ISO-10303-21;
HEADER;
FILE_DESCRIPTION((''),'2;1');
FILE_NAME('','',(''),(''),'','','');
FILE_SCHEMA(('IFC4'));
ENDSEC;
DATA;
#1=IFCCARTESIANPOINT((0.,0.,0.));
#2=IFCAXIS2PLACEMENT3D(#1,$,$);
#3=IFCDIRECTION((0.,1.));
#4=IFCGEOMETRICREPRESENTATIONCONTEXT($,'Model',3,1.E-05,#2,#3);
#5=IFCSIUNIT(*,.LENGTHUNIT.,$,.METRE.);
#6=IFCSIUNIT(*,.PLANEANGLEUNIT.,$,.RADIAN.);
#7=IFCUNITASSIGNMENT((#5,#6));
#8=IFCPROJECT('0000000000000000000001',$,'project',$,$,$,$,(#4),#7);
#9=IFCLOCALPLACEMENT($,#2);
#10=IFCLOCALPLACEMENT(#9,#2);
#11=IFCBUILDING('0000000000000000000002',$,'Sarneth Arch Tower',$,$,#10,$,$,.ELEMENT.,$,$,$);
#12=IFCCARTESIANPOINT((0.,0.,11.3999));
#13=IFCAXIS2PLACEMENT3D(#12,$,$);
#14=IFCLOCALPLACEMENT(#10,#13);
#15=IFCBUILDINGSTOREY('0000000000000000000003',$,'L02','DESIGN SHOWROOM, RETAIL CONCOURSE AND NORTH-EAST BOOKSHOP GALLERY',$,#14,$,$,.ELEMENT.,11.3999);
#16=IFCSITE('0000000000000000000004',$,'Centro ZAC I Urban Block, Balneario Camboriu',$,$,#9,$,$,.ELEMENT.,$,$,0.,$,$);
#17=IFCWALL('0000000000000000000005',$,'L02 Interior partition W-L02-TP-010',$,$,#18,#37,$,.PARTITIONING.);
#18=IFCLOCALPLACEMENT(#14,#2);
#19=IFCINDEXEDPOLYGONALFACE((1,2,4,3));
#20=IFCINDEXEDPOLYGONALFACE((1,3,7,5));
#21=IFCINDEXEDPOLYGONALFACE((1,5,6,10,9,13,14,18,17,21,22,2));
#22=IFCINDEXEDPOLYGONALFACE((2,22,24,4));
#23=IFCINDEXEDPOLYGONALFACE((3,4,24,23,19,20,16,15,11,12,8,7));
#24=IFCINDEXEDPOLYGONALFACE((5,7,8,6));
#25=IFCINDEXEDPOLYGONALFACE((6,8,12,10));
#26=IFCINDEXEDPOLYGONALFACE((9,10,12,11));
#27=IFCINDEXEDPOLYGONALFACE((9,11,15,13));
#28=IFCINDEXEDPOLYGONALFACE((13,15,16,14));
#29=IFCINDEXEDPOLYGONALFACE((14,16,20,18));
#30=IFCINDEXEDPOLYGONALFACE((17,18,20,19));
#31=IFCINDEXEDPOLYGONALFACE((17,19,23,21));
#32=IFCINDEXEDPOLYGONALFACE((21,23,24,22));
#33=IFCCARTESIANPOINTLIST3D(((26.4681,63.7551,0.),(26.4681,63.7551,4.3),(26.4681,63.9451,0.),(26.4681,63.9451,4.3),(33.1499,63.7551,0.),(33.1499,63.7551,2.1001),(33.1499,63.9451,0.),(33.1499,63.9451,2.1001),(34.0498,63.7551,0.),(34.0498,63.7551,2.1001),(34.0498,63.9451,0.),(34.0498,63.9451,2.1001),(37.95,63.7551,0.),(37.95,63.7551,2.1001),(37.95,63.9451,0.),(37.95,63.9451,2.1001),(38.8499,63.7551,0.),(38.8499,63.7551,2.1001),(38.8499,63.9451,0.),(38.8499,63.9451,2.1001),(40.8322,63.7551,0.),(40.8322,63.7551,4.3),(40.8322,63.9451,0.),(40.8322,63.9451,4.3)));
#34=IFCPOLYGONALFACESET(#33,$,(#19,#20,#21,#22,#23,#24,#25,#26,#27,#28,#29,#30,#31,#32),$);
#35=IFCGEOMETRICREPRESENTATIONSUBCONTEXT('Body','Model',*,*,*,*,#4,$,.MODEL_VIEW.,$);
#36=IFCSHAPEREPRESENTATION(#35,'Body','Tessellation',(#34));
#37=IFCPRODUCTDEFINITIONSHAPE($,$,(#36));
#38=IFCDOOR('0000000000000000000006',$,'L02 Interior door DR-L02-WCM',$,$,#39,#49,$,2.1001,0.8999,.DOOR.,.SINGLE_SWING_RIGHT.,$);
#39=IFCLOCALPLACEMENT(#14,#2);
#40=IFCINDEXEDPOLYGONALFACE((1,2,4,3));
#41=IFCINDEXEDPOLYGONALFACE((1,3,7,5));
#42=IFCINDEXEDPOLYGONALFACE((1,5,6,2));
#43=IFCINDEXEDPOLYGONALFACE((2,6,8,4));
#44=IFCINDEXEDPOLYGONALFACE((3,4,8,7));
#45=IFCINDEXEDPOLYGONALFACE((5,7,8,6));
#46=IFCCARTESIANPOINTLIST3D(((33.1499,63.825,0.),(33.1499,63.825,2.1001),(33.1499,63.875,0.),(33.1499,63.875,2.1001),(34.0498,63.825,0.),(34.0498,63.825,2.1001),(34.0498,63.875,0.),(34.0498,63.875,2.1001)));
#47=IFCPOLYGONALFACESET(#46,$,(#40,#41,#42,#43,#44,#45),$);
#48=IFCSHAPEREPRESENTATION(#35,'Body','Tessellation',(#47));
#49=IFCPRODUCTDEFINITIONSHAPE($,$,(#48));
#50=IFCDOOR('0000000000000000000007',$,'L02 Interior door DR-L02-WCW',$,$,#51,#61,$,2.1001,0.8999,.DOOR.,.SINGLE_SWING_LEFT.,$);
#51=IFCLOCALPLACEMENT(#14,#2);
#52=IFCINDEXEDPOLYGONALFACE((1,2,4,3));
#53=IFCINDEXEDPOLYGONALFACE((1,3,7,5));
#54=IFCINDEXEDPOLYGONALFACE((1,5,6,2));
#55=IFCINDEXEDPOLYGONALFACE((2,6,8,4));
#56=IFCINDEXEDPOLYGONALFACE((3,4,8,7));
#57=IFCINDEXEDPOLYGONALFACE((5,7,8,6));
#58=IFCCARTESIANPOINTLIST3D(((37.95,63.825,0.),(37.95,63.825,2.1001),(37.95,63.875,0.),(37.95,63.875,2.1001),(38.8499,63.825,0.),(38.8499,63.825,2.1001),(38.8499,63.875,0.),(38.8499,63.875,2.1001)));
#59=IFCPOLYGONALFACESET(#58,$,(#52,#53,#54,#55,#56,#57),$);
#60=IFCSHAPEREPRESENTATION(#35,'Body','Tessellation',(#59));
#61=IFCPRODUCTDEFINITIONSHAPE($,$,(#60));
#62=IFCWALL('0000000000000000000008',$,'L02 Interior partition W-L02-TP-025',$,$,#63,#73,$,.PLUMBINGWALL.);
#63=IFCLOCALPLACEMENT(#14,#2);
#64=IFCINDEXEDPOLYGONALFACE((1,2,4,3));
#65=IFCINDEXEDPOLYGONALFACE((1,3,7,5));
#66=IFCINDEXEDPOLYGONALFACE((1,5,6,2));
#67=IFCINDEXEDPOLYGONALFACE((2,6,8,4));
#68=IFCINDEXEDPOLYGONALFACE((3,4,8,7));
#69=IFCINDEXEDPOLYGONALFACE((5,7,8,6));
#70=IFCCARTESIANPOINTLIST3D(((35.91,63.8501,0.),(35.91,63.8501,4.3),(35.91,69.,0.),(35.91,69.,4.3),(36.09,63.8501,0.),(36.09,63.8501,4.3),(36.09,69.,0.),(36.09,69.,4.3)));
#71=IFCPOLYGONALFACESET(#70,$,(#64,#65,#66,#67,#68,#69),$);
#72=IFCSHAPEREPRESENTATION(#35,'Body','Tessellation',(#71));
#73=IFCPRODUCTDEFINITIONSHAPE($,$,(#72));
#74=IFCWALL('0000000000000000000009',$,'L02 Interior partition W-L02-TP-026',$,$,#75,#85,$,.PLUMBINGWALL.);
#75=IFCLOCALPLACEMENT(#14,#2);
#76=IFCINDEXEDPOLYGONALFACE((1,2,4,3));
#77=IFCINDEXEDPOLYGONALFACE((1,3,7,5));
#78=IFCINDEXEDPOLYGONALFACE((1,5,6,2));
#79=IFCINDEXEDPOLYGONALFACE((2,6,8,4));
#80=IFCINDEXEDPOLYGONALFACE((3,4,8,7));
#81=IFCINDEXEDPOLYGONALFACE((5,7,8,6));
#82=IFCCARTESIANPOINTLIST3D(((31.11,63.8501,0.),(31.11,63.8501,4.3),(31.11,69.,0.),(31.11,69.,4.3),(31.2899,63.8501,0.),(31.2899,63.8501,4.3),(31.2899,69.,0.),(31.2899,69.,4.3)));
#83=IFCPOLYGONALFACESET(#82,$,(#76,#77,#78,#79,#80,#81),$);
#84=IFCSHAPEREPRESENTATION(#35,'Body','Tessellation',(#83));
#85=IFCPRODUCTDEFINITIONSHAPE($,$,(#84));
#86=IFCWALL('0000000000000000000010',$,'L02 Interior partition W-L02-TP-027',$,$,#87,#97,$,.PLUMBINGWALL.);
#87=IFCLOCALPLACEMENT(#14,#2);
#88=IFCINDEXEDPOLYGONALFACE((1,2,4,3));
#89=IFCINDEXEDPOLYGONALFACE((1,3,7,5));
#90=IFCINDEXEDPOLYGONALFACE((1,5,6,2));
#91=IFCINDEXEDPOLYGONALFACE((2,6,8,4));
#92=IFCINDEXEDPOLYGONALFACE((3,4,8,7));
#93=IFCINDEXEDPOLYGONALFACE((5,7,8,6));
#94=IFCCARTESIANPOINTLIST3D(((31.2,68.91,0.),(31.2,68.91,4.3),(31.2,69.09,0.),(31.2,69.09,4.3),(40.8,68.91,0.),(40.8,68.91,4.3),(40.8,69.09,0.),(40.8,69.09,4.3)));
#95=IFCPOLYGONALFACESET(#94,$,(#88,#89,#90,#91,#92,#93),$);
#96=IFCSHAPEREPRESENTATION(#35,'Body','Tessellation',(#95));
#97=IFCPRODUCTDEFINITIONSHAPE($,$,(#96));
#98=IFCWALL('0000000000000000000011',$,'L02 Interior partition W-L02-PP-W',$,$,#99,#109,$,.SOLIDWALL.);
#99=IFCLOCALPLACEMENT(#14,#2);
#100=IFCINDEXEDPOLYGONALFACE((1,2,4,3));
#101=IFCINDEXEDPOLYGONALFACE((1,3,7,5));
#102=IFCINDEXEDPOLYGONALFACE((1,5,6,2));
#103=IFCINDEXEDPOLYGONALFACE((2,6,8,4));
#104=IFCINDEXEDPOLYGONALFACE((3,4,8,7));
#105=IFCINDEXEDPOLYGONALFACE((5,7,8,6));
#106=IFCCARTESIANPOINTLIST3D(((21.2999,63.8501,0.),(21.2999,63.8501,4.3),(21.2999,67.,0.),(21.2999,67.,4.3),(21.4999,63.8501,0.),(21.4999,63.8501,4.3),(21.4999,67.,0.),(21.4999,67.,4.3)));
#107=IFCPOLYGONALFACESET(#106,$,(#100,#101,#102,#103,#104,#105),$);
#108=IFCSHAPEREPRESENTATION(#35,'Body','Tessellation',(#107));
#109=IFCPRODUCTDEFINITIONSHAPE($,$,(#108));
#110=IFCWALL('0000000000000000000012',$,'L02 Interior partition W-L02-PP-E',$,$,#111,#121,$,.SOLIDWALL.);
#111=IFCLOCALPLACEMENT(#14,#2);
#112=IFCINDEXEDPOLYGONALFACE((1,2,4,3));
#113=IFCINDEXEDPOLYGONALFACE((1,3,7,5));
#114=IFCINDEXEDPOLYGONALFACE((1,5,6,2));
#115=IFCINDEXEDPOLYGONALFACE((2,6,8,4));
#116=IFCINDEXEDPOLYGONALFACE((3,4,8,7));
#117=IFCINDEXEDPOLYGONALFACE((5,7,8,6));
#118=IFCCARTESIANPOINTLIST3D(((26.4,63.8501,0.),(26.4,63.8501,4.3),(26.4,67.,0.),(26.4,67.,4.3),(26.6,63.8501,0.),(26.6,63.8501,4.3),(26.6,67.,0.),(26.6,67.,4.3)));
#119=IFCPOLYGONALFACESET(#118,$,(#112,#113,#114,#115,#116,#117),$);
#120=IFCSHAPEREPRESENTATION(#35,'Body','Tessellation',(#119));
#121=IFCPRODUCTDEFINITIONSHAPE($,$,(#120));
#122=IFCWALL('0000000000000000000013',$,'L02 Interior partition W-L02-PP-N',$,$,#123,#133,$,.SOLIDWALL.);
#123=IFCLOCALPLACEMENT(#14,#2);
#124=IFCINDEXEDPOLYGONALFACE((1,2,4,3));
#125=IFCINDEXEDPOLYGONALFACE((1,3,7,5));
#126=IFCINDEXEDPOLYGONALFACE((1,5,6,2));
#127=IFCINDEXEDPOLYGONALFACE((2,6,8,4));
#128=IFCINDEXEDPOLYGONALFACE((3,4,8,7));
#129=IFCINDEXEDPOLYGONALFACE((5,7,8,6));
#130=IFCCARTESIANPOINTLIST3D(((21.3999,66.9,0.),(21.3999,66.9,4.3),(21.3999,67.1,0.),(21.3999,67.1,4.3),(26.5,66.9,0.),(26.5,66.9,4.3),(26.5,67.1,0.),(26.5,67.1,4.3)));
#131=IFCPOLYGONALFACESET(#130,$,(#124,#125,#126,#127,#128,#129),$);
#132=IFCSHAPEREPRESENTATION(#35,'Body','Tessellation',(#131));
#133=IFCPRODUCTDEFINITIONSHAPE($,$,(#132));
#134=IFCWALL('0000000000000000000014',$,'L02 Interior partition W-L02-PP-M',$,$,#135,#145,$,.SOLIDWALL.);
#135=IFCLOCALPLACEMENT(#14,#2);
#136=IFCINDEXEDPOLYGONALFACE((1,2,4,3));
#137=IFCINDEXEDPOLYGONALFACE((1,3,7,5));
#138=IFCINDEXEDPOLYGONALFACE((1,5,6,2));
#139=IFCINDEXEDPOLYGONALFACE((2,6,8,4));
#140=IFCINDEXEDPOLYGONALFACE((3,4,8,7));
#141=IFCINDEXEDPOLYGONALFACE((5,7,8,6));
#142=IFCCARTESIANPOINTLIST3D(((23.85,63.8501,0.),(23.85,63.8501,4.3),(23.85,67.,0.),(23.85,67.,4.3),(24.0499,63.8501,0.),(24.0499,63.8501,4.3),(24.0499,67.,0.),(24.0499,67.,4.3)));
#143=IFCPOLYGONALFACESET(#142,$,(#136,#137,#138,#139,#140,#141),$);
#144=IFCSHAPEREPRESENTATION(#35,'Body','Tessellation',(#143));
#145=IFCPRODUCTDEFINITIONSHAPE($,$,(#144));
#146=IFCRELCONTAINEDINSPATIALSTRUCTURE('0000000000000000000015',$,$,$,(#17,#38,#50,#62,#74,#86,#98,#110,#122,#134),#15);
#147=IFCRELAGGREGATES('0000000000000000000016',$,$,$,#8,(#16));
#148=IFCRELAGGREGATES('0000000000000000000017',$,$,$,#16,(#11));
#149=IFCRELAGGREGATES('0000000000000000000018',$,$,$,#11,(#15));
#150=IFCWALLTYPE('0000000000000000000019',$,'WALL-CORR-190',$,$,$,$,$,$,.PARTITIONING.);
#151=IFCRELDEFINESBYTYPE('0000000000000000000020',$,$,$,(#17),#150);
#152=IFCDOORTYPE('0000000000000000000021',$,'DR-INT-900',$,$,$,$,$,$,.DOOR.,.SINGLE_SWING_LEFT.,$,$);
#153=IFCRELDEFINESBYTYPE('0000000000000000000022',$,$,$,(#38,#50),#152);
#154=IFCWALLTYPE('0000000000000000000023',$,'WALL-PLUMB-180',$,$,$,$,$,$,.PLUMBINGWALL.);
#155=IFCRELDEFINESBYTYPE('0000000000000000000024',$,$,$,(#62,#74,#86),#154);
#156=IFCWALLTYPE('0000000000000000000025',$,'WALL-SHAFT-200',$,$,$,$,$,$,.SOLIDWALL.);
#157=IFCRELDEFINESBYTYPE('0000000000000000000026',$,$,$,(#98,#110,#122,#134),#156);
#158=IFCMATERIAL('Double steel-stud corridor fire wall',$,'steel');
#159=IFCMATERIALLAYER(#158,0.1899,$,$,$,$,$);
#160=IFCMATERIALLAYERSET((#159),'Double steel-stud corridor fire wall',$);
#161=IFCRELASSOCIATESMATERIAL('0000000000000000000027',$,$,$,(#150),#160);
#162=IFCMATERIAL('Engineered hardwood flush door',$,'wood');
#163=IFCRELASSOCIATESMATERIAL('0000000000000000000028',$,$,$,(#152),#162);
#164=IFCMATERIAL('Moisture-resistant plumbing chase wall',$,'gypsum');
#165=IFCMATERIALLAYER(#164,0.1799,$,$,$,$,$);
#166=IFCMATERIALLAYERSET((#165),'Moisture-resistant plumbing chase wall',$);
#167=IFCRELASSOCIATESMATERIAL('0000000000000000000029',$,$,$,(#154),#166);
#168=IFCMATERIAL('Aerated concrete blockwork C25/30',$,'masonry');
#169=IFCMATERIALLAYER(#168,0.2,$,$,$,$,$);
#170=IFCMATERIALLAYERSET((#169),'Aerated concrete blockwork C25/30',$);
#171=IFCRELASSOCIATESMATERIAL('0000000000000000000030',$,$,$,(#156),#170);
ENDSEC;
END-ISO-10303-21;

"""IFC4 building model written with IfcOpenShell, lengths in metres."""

from ifc_helpers import new_model, si_unit, direction, frame, frame_2d, origin, place, context, subcontext, project, spatial, rectangle, extrude, material, layer, layer_set, type_object, element, fill, save


model = new_model("IFC4")

# Units and contexts
model_context = context("Model", 3, precision=1e-05, world=origin(), true_north=direction((0.0, 1.0)))
body_context = subcontext(model_context, "Body", "Model", "MODEL_VIEW")
ifc_project = project(units=[si_unit("LENGTHUNIT", "METRE"), si_unit("PLANEANGLEUNIT", "RADIAN")], contexts=[model_context])

# Site, building, storey
site_placement = place(None, origin())
site = spatial("IfcSite", under=ifc_project, at=site_placement, Name="Centro ZAC I Urban Block, Balneario Camboriu", CompositionType="ELEMENT", RefElevation=0.0)
building_placement = place(site_placement, origin())
building = spatial("IfcBuilding", under=site, at=building_placement, Name="Sarneth Arch Tower", CompositionType="ELEMENT")
storey_placement = place(building_placement, frame((0.0, 0.0, 11.3999)))
storey = spatial("IfcBuildingStorey", under=building, at=storey_placement, Name="L02", Description="DESIGN SHOWROOM, RETAIL CONCOURSE AND NORTH-EAST BOOKSHOP GALLERY", CompositionType="ELEMENT", Elevation=11.3999)

# Shared definitions
ifc_material_1 = material(Name="Double steel-stud corridor fire wall", Category="steel")
ifc_layer_1 = layer(ifc_material_1, 0.1899)
ifc_layer_set_1 = layer_set([ifc_layer_1], Name="Double steel-stud corridor fire wall")
wall_type_1 = type_object("IfcWallType", Name="WALL-CORR-190", PredefinedType="PARTITIONING", material=ifc_layer_set_1)

# Wall, openings, doors
wall_1_placement = place(storey_placement, frame((26.468, 63.8501, 0.0), z_axis=(0.0, 0.0, 1.0), x_axis=(1.0, 0.0, 0.0)))
wall_1 = element("IfcWall", 1, at=wall_1_placement, inside=storey, type_object=wall_type_1, Name="L02 Interior partition W-L02-TP-010", PredefinedType="PARTITIONING", context=body_context, shape_type="SweptSolid", body=[
    extrude(rectangle(XDim=14.364, YDim=0.1899, at=frame_2d((7.1821, 0.0))), origin(), (0.0, 0.0, 1.0), 4.3),
])
opening_1_placement = place(wall_1_placement, frame((6.6819, 0.0, 0.0)))
opening_1 = element("IfcOpeningElement", 2, at=opening_1_placement, cuts=wall_1, PredefinedType="OPENING", context=body_context, shape_type="SweptSolid", body=[
    extrude(rectangle(XDim=0.8999, YDim=2.1001, at=frame_2d((0.45, 1.05))), frame((0.0, 0.105, 0.0), z_axis=(0.0, -1.0, 0.0), x_axis=(1.0, 0.0, 0.0)), (0.0, 0.0, 1.0), 0.21),
])
opening_2_placement = place(wall_1_placement, frame((11.4819, 0.0, 0.0)))
opening_2 = element("IfcOpeningElement", 3, at=opening_2_placement, cuts=wall_1, PredefinedType="OPENING", context=body_context, shape_type="SweptSolid", body=[
    extrude(rectangle(XDim=0.8999, YDim=2.1001, at=frame_2d((0.45, 1.05))), frame((0.0, 0.105, 0.0), z_axis=(0.0, -1.0, 0.0), x_axis=(1.0, 0.0, 0.0)), (0.0, 0.0, 1.0), 0.21),
])
ifc_material_2 = material(Name="Engineered hardwood flush door", Category="wood")
door_type_1 = type_object("IfcDoorType", Name="DR-INT-900", OperationType="SINGLE_SWING_LEFT", PredefinedType="DOOR", material=ifc_material_2)
door_1_placement = place(opening_1_placement, origin())
door_1 = element("IfcDoor", 4, at=door_1_placement, inside=storey, type_object=door_type_1, Name="L02 Interior door DR-L02-WCM", OperationType="SINGLE_SWING_RIGHT", OverallHeight=2.1001, OverallWidth=0.8999, PredefinedType="DOOR", context=body_context, shape_type="SweptSolid", body=[
    extrude(rectangle(XDim=0.8999, YDim=2.1001, at=frame_2d((0.45, 1.05))), frame((0.0, 0.0249, 0.0), z_axis=(0.0, -1.0, 0.0), x_axis=(1.0, 0.0, 0.0)), (0.0, 0.0, 1.0), 0.05),
])
fill(opening_1, door_1)
door_2_placement = place(opening_2_placement, origin())
door_2 = element("IfcDoor", 5, at=door_2_placement, inside=storey, type_object=door_type_1, Name="L02 Interior door DR-L02-WCW", OperationType="SINGLE_SWING_LEFT", OverallHeight=2.1001, OverallWidth=0.8999, PredefinedType="DOOR", context=body_context, shape_type="SweptSolid", body=[
    extrude(rectangle(XDim=0.8999, YDim=2.1001, at=frame_2d((0.45, 1.05))), frame((0.0, 0.0249, 0.0), z_axis=(0.0, -1.0, 0.0), x_axis=(1.0, 0.0, 0.0)), (0.0, 0.0, 1.0), 0.05),
])
fill(opening_2, door_2)

# Walls
ifc_material_3 = material(Name="Moisture-resistant plumbing chase wall", Category="gypsum")
ifc_layer_2 = layer(ifc_material_3, 0.1799)
ifc_layer_set_2 = layer_set([ifc_layer_2], Name="Moisture-resistant plumbing chase wall")
wall_type_2 = type_object("IfcWallType", Name="WALL-PLUMB-180", PredefinedType="PLUMBINGWALL", material=ifc_layer_set_2)
for number, where, z_axis, x_axis, name in (
    (6, (36.0, 69.0, 0.0), (0.0, 0.0, 1.0), (0.0, -1.0, 0.0), "L02 Interior partition W-L02-TP-025"),
    (7, (31.2, 63.8501, 0.0), (0.0, 0.0, 1.0), (0.0, 1.0, 0.0), "L02 Interior partition W-L02-TP-026"),
):
    element("IfcWall", number, at=place(storey_placement, frame(where, z_axis=z_axis, x_axis=x_axis)), inside=storey, type_object=wall_type_2, Name=name, PredefinedType="PLUMBINGWALL", context=body_context, shape_type="SweptSolid", body=[
        extrude(rectangle(XDim=5.1499, YDim=0.1799, at=frame_2d((2.575, 0.0))), origin(), (0.0, 0.0, 1.0), 4.3),
    ])
wall_2_placement = place(storey_placement, frame((31.2, 69.0, 0.0), z_axis=(0.0, 0.0, 1.0), x_axis=(1.0, 0.0, 0.0)))
element("IfcWall", 8, at=wall_2_placement, inside=storey, type_object=wall_type_2, Name="L02 Interior partition W-L02-TP-027", PredefinedType="PLUMBINGWALL", context=body_context, shape_type="SweptSolid", body=[
    extrude(rectangle(XDim=9.6001, YDim=0.1799, at=frame_2d((4.8, 0.0))), origin(), (0.0, 0.0, 1.0), 4.3),
])

# Shared definitions
ifc_material_4 = material(Name="Aerated concrete blockwork C25/30", Category="masonry")
ifc_layer_3 = layer(ifc_material_4, 0.2)
ifc_layer_set_3 = layer_set([ifc_layer_3], Name="Aerated concrete blockwork C25/30")
wall_type_3 = type_object("IfcWallType", Name="WALL-SHAFT-200", PredefinedType="SOLIDWALL", material=ifc_layer_set_3)

# Walls
for number, where, z_axis, x_axis, name in (
    (9, (21.3999, 63.8501, 0.0), (0.0, 0.0, 1.0), (0.0, 1.0, 0.0), "L02 Interior partition W-L02-PP-W"),
    (10, (26.5, 63.8501, 0.0), (0.0, 0.0, 1.0), (0.0, 1.0, 0.0), "L02 Interior partition W-L02-PP-E"),
):
    element("IfcWall", number, at=place(storey_placement, frame(where, z_axis=z_axis, x_axis=x_axis)), inside=storey, type_object=wall_type_3, Name=name, PredefinedType="SOLIDWALL", context=body_context, shape_type="SweptSolid", body=[
        extrude(rectangle(XDim=3.1499, YDim=0.2, at=frame_2d((1.575, 0.0))), origin(), (0.0, 0.0, 1.0), 4.3),
    ])
wall_3_placement = place(storey_placement, frame((21.3999, 67.0, 0.0), z_axis=(0.0, 0.0, 1.0), x_axis=(1.0, 0.0, 0.0)))
element("IfcWall", 11, at=wall_3_placement, inside=storey, type_object=wall_type_3, Name="L02 Interior partition W-L02-PP-N", PredefinedType="SOLIDWALL", context=body_context, shape_type="SweptSolid", body=[
    extrude(rectangle(XDim=5.1001, YDim=0.2, at=frame_2d((2.55, 0.0))), origin(), (0.0, 0.0, 1.0), 4.3),
])
wall_4_placement = place(storey_placement, frame((23.95, 63.8501, 0.0), z_axis=(0.0, 0.0, 1.0), x_axis=(0.0, 1.0, 0.0)))
element("IfcWall", 12, at=wall_4_placement, inside=storey, type_object=wall_type_3, Name="L02 Interior partition W-L02-PP-M", PredefinedType="SOLIDWALL", context=body_context, shape_type="SweptSolid", body=[
    extrude(rectangle(XDim=3.1499, YDim=0.2, at=frame_2d((1.575, 0.0))), origin(), (0.0, 0.0, 1.0), 4.3),
])

save(model, "model.ifc")
